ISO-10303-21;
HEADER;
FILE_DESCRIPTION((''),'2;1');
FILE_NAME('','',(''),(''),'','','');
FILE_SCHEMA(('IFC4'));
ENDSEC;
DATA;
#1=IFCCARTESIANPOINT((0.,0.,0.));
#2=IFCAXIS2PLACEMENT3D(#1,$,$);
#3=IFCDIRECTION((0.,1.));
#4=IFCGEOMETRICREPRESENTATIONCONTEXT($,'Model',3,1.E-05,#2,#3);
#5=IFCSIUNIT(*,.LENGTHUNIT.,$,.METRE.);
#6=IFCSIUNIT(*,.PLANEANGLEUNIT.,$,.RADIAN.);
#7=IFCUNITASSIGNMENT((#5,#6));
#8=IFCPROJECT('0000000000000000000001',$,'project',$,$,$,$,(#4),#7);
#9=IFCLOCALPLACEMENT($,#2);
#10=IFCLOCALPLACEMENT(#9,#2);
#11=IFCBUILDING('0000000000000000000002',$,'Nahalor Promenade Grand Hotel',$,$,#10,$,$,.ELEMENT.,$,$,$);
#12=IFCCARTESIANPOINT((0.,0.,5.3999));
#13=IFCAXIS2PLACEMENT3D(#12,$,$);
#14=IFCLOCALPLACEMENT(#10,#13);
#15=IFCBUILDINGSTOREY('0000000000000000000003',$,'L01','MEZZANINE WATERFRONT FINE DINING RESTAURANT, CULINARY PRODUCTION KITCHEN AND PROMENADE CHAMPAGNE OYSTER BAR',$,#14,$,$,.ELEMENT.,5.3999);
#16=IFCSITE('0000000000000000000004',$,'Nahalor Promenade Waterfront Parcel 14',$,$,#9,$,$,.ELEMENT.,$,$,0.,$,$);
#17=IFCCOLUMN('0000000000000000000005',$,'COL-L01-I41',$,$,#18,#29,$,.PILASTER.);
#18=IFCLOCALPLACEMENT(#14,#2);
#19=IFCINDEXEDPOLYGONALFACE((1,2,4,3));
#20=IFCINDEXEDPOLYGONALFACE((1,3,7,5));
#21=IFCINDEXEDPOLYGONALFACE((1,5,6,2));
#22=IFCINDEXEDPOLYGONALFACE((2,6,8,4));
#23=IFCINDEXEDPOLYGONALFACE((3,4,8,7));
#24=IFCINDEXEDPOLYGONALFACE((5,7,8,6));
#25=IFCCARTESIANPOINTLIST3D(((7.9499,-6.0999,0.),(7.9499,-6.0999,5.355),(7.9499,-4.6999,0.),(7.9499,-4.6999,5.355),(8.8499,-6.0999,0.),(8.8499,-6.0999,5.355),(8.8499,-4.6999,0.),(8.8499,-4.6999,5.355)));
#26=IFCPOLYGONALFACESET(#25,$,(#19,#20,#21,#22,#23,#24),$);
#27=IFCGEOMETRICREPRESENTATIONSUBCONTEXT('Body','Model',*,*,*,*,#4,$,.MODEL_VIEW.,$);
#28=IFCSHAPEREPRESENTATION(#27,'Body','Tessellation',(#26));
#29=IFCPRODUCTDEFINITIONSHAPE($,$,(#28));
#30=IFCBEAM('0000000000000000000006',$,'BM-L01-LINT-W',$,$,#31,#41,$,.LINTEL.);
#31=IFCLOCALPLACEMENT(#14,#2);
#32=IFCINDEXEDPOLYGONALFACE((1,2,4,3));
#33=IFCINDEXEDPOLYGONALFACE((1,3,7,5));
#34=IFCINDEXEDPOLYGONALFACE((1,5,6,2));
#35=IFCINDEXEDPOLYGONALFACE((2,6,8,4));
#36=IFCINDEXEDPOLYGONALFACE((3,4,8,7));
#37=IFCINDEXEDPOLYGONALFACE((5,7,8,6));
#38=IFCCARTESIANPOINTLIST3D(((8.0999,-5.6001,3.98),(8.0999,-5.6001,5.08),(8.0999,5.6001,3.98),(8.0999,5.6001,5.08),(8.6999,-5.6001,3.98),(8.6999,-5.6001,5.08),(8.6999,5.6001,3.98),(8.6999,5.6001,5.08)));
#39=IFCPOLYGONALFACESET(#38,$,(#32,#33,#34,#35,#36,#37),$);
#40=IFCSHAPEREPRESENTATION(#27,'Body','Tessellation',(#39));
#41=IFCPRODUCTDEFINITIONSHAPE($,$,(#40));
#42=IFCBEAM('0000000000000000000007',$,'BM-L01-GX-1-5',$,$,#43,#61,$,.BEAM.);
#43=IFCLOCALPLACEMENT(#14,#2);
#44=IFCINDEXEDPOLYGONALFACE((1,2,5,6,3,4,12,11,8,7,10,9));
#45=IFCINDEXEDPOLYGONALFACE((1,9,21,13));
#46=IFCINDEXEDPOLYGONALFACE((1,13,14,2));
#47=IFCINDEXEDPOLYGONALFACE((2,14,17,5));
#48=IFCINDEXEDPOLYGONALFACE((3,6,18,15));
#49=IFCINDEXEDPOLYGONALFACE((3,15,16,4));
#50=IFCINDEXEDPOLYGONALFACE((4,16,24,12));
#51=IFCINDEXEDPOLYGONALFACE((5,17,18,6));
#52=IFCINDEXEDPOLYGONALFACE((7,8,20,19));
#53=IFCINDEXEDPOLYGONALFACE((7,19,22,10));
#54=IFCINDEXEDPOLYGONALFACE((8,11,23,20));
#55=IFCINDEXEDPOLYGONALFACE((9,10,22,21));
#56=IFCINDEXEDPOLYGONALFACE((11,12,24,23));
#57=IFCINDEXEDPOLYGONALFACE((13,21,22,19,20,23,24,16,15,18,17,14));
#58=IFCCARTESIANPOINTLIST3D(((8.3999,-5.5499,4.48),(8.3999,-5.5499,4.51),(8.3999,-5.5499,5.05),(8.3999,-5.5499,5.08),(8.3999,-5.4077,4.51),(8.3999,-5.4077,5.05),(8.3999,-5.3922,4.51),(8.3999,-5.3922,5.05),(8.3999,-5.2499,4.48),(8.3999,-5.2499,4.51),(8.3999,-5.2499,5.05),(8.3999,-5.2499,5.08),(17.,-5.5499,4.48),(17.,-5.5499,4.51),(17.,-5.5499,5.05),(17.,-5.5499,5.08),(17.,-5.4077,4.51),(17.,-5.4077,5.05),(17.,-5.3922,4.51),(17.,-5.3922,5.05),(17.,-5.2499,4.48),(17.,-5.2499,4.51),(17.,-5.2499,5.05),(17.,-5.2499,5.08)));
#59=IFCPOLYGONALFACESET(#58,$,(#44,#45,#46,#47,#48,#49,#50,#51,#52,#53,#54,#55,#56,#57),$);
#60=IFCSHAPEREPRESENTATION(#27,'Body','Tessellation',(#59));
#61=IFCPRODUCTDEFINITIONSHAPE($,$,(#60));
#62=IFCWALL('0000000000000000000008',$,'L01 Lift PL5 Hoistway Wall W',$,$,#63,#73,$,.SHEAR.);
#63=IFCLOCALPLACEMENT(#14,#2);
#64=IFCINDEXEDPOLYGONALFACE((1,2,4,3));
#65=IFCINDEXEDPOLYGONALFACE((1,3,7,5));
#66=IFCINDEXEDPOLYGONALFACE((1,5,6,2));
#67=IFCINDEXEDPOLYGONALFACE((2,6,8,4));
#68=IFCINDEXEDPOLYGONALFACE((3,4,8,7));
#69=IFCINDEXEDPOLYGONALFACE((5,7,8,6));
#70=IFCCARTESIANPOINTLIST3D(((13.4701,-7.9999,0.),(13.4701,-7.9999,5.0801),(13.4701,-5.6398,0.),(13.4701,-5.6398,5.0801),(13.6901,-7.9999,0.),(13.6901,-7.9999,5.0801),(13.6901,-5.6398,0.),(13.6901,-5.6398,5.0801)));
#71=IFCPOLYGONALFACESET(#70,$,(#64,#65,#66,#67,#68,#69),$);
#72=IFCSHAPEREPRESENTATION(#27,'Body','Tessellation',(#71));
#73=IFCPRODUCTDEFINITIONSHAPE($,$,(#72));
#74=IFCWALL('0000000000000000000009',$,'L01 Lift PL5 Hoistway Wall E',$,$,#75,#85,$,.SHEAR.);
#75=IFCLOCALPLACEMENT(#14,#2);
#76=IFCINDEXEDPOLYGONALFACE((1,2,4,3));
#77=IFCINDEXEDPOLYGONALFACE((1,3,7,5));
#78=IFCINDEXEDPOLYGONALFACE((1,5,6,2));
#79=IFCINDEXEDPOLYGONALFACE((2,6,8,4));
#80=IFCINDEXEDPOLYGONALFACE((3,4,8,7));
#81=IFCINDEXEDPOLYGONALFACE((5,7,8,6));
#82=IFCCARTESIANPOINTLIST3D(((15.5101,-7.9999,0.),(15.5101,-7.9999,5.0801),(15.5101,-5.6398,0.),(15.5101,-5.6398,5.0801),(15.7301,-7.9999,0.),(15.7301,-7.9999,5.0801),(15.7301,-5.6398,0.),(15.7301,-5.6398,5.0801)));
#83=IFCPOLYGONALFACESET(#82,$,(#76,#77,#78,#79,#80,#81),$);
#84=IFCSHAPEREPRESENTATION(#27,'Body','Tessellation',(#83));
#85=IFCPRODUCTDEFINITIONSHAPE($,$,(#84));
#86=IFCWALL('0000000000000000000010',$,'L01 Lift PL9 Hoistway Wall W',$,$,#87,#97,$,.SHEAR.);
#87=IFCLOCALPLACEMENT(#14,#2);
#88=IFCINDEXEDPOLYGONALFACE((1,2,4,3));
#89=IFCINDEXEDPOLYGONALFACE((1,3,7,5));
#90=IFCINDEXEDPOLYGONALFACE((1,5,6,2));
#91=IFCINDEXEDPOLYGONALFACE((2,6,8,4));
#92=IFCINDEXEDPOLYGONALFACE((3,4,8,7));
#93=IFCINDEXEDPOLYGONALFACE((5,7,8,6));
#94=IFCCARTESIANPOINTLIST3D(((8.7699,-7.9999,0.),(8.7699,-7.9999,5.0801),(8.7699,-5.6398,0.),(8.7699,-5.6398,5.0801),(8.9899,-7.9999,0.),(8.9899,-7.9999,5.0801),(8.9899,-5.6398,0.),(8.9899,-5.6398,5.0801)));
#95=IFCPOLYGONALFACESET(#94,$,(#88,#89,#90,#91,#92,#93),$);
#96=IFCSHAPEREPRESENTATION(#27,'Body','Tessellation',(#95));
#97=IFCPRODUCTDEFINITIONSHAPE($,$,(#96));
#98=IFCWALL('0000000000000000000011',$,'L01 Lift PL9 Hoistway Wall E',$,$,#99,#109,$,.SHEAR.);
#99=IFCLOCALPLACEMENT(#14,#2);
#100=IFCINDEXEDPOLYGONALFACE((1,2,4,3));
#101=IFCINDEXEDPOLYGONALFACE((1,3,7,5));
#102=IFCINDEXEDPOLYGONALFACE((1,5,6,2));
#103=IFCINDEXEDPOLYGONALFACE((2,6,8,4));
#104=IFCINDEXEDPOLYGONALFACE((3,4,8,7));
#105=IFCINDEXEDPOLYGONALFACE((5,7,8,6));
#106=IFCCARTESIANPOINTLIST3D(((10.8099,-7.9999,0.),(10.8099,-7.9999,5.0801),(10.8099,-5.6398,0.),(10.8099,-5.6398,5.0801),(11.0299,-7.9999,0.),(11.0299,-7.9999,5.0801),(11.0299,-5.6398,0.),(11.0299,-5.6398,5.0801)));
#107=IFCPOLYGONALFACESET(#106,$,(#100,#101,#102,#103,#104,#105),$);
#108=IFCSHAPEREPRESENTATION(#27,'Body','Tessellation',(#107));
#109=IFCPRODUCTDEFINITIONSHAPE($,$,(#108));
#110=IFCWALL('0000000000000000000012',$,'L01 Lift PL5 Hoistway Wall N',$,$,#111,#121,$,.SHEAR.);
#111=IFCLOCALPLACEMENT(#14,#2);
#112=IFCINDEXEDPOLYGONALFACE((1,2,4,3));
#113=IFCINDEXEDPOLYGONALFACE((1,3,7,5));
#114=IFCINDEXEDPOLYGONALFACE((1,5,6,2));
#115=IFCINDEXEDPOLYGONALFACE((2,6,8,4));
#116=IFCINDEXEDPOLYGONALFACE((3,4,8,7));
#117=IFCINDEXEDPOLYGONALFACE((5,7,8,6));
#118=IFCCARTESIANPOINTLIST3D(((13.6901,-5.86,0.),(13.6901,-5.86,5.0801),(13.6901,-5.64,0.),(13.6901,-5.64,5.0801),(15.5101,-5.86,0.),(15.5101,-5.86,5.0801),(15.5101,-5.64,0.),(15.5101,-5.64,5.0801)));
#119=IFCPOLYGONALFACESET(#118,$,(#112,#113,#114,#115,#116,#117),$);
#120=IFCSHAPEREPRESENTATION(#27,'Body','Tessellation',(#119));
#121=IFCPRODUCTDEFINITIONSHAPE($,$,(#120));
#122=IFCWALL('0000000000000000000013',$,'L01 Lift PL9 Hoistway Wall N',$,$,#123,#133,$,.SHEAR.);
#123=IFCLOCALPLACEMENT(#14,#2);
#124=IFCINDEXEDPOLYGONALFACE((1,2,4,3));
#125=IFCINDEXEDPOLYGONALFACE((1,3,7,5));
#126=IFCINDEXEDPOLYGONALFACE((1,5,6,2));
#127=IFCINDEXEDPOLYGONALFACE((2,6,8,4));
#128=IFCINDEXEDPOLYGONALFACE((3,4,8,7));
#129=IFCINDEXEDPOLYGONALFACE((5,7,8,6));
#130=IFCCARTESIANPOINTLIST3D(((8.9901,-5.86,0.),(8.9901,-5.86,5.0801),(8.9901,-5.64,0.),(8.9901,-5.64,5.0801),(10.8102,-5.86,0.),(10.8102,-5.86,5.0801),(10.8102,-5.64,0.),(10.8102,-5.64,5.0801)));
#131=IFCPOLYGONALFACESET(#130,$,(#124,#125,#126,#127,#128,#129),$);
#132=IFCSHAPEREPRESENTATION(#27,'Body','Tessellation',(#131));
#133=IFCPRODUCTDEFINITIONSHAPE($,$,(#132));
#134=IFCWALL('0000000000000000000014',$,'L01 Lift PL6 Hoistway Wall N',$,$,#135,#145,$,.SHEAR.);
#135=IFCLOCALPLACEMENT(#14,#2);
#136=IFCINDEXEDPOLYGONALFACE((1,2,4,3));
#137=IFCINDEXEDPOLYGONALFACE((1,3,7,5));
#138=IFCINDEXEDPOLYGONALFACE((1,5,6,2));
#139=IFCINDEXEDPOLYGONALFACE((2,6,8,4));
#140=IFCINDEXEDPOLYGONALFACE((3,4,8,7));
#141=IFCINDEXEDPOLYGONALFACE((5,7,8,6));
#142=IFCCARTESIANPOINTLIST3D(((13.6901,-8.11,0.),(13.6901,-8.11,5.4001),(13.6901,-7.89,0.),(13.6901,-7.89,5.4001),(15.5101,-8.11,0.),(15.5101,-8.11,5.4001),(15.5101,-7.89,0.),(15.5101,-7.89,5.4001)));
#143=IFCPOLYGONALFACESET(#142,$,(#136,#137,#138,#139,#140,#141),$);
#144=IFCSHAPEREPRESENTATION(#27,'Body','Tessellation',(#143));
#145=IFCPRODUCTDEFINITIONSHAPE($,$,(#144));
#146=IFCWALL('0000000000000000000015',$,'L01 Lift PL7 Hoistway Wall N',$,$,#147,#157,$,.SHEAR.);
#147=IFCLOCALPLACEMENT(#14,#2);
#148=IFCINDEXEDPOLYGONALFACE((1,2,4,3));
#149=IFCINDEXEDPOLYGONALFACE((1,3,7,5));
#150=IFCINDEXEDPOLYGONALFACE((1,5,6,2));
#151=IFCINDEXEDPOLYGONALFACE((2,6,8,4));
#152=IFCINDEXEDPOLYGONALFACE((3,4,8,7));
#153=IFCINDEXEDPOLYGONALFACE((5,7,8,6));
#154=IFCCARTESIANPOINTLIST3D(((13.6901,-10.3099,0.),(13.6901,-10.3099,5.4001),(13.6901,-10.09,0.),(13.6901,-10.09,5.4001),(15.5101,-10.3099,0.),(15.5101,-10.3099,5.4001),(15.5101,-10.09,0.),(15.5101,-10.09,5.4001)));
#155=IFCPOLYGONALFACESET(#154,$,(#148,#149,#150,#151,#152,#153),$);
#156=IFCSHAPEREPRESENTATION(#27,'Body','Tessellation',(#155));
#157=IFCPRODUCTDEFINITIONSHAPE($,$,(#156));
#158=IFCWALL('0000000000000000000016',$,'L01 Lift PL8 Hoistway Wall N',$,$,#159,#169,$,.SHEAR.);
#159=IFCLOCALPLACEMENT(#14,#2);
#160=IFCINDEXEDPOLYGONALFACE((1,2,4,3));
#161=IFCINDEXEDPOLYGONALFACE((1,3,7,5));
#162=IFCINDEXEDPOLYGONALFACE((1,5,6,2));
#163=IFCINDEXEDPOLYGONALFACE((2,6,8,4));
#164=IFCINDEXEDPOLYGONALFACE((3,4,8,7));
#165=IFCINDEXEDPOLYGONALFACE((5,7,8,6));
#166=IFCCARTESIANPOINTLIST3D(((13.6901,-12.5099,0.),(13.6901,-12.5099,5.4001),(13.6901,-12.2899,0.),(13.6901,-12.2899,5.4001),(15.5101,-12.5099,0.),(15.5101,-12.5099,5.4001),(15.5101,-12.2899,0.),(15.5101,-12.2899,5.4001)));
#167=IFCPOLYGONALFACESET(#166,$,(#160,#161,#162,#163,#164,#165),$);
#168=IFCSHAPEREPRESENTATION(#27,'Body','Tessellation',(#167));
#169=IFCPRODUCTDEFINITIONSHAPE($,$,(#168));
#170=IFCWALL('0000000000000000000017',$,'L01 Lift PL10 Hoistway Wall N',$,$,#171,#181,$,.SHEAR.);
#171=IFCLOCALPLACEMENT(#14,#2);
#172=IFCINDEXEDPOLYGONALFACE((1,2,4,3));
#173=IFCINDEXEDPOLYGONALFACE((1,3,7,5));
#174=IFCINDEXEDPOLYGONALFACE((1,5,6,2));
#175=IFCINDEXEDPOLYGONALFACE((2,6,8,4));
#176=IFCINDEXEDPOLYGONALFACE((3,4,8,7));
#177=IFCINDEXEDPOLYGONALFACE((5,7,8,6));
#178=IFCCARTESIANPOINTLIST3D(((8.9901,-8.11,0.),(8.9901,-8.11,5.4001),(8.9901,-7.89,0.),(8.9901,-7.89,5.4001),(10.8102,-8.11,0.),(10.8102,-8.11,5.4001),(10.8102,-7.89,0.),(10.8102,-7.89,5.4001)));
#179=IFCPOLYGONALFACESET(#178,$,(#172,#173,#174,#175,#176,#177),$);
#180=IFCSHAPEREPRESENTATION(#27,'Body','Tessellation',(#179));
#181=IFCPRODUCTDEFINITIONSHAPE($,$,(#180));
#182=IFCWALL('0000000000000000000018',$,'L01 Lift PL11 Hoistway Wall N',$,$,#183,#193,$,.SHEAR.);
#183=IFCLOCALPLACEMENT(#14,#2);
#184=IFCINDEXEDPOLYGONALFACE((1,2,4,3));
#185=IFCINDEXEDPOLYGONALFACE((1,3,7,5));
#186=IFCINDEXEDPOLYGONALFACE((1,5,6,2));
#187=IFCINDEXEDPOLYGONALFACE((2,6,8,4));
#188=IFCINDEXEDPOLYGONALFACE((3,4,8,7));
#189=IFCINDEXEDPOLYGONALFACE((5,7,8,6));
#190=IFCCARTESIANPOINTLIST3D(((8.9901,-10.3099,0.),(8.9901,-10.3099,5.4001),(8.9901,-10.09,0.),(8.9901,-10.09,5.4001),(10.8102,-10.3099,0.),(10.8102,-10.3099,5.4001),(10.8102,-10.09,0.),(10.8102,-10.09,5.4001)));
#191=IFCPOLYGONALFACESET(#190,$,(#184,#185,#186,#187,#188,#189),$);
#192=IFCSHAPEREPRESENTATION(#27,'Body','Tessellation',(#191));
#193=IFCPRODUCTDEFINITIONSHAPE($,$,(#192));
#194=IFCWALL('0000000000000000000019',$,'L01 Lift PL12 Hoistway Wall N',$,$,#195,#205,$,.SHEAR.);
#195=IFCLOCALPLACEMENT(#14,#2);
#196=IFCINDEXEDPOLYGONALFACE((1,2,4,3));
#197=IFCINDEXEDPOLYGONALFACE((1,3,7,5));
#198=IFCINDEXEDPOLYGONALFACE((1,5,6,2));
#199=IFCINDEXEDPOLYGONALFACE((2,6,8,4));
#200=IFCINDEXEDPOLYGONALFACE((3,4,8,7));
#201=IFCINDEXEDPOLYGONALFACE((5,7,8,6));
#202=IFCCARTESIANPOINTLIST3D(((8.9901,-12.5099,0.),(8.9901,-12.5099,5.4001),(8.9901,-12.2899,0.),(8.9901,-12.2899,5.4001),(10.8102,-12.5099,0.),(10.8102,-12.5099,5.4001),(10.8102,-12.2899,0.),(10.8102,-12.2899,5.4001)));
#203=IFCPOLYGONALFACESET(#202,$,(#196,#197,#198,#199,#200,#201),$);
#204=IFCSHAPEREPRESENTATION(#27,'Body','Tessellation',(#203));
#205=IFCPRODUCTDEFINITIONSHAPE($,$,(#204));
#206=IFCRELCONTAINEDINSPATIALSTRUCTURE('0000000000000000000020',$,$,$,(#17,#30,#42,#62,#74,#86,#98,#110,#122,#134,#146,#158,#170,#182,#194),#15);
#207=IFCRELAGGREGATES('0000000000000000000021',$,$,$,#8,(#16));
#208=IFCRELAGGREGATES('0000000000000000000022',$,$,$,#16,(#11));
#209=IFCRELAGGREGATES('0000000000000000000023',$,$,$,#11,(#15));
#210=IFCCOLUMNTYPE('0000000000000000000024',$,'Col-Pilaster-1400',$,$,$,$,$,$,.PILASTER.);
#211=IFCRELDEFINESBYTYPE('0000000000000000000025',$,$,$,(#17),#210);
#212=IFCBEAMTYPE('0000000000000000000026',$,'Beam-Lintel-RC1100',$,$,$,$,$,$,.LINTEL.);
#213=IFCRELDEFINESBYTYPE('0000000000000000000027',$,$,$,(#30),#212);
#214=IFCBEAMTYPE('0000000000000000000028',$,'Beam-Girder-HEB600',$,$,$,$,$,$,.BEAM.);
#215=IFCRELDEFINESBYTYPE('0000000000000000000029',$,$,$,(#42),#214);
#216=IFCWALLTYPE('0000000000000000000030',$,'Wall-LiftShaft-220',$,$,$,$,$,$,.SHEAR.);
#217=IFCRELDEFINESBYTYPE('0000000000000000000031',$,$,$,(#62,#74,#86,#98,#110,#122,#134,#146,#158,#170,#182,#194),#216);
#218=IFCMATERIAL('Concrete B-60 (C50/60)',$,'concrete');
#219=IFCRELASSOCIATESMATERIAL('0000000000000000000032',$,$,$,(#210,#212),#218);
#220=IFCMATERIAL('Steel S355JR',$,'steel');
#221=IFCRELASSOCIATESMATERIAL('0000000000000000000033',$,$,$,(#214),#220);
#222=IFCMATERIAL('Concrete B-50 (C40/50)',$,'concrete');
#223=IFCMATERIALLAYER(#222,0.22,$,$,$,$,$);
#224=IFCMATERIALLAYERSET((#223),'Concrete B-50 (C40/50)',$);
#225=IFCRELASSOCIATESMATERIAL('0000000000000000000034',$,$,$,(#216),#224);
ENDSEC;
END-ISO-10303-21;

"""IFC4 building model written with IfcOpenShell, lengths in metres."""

from ifc_helpers import new_model, si_unit, direction, frame, frame_2d, origin, origin_2d, place, context, subcontext, project, spatial, rectangle, i_section, extrude, source, transform, mapped, material, layer, layer_set, material_profile, profile_set, type_object, element, save


model = new_model("IFC4")

# Units and contexts
model_context = context("Model", 3, precision=1e-05, world=origin(), true_north=direction((0.0, 1.0)))
body_context = subcontext(model_context, "Body", "Model", "MODEL_VIEW")
ifc_project = project(units=[si_unit("LENGTHUNIT", "METRE"), si_unit("PLANEANGLEUNIT", "RADIAN")], contexts=[model_context])

# Site, building, storey
site_placement = place(None, origin())
site = spatial("IfcSite", under=ifc_project, at=site_placement, Name="Nahalor Promenade Waterfront Parcel 14", CompositionType="ELEMENT", RefElevation=0.0)
building_placement = place(site_placement, origin())
building = spatial("IfcBuilding", under=site, at=building_placement, Name="Nahalor Promenade Grand Hotel", CompositionType="ELEMENT")
storey_placement = place(building_placement, frame((0.0, 0.0, 5.3999)))
storey = spatial("IfcBuildingStorey", under=building, at=storey_placement, Name="L01", Description="MEZZANINE WATERFRONT FINE DINING RESTAURANT, CULINARY PRODUCTION KITCHEN AND PROMENADE CHAMPAGNE OYSTER BAR", CompositionType="ELEMENT", Elevation=5.3999)

# Column
ifc_material_1 = material(Name="Concrete B-60 (C50/60)", Category="concrete")
ifc_material_profile_1 = material_profile(ifc_material_1, rectangle(XDim=0.9, YDim=1.4, at=origin_2d()), Name="RC 900x1400")
ifc_profile_set_1 = profile_set([ifc_material_profile_1], Name="Concrete B-60 (C50/60)")
column_type = type_object("IfcColumnType", Name="Col-Pilaster-1400", PredefinedType="PILASTER", material=ifc_profile_set_1)
shared_shape_1 = source(origin(), body_context, "Body", "SweptSolid", [
    extrude(rectangle(XDim=0.9, YDim=1.4, at=origin_2d()), origin(), (0.0, 0.0, 1.0), 5.355),
])
column_placement = place(storey_placement, frame((8.3999, -5.3999, 0.0), z_axis=(0.0, 0.0, 1.0), x_axis=(1.0, 0.0, 0.0)))
element("IfcColumn", 1, at=column_placement, inside=storey, type_object=column_type, Name="COL-L01-I41", PredefinedType="PILASTER", context=body_context, shape_type="MappedRepresentation", body=[
    mapped(shared_shape_1, transform((0.0, 0.0, 0.0), scale=1.0)),
])

# Beams
ifc_material_profile_2 = material_profile(ifc_material_1, rectangle(XDim=0.6, YDim=1.1, at=origin_2d()), Name="RC 600x1100")
ifc_profile_set_2 = profile_set([ifc_material_profile_2], Name="Concrete B-60 (C50/60)")
beam_type_1 = type_object("IfcBeamType", Name="Beam-Lintel-RC1100", PredefinedType="LINTEL", material=ifc_profile_set_2)
shared_shape_2 = source(origin(), body_context, "Body", "SweptSolid", [
    extrude(rectangle(XDim=0.6, YDim=1.1, at=origin_2d()), origin(), (0.0, 0.0, 1.0), 11.2002),
])
beam_1_placement = place(storey_placement, frame((8.3999, -5.6001, 4.53), z_axis=(0.0, 1.0, 0.0), x_axis=(-1.0, 0.0, 0.0)))
element("IfcBeam", 2, at=beam_1_placement, inside=storey, type_object=beam_type_1, Name="BM-L01-LINT-W", PredefinedType="LINTEL", context=body_context, shape_type="MappedRepresentation", body=[
    mapped(shared_shape_2, transform((0.0, 0.0, 0.0), scale=1.0)),
])
ifc_material_2 = material(Name="Steel S355JR", Category="steel")
ifc_material_profile_3 = material_profile(ifc_material_2, i_section(OverallWidth=0.3, OverallDepth=0.6, WebThickness=0.0155, FlangeThickness=0.03, at=origin_2d()), Name="HEB 600")
ifc_profile_set_3 = profile_set([ifc_material_profile_3], Name="Steel S355JR")
beam_type_2 = type_object("IfcBeamType", Name="Beam-Girder-HEB600", PredefinedType="BEAM", material=ifc_profile_set_3)
shared_shape_3 = source(origin(), body_context, "Body", "SweptSolid", [
    extrude(i_section(OverallWidth=0.3, OverallDepth=0.6, WebThickness=0.0155, FlangeThickness=0.03, at=origin_2d()), origin(), (0.0, 0.0, 1.0), 8.6001),
])
beam_2_placement = place(storey_placement, frame((8.3999, -5.3999, 4.78), z_axis=(1.0, 0.0, 0.0), x_axis=(0.0, 1.0, 0.0)))
element("IfcBeam", 3, at=beam_2_placement, inside=storey, type_object=beam_type_2, Name="BM-L01-GX-1-5", PredefinedType="BEAM", context=body_context, shape_type="MappedRepresentation", body=[
    mapped(shared_shape_3, transform((0.0, 0.0, 0.0), scale=1.0)),
])

# Walls
ifc_material_3 = material(Name="Concrete B-50 (C40/50)", Category="concrete")
ifc_layer_1 = layer(ifc_material_3, 0.22)
ifc_layer_set_1 = layer_set([ifc_layer_1], Name="Concrete B-50 (C40/50)")
wall_type_1 = type_object("IfcWallType", Name="Wall-LiftShaft-220", PredefinedType="SHEAR", material=ifc_layer_set_1)
shared_shape_4 = source(origin(), body_context, "Body", "SweptSolid", [
    extrude(rectangle(XDim=2.3601, YDim=0.22, at=frame_2d((1.1802, 0.0))), origin(), (0.0, 0.0, 1.0), 5.0801),
])
for number, where, z_axis, x_axis, name in (
    (4, (13.5801, -8.0, 0.0), (0.0, 0.0, 1.0), (0.0, 1.0, 0.0), "L01 Lift PL5 Hoistway Wall W"),
    (5, (15.6201, -8.0, 0.0), (0.0, 0.0, 1.0), (0.0, 1.0, 0.0), "L01 Lift PL5 Hoistway Wall E"),
    (6, (8.8799, -8.0, 0.0), (0.0, 0.0, 1.0), (0.0, 1.0, 0.0), "L01 Lift PL9 Hoistway Wall W"),
    (7, (10.9199, -8.0, 0.0), (0.0, 0.0, 1.0), (0.0, 1.0, 0.0), "L01 Lift PL9 Hoistway Wall E"),
):
    element("IfcWall", number, at=place(storey_placement, frame(where, z_axis=z_axis, x_axis=x_axis)), inside=storey, type_object=wall_type_1, Name=name, PredefinedType="SHEAR", context=body_context, shape_type="MappedRepresentation", body=[
        mapped(shared_shape_4, transform((0.0, 0.0, 0.0), scale=1.0)),
    ])
shared_shape_5 = source(origin(), body_context, "Body", "SweptSolid", [
    extrude(rectangle(XDim=1.8201, YDim=0.22, at=frame_2d((0.9102, 0.0))), origin(), (0.0, 0.0, 1.0), 5.0801),
])
for number, where, z_axis, x_axis, name in (
    (8, (13.6899, -5.75, 0.0), (0.0, 0.0, 1.0), (1.0, 0.0, 0.0), "L01 Lift PL5 Hoistway Wall N"),
    (9, (8.99, -5.75, 0.0), (0.0, 0.0, 1.0), (1.0, 0.0, 0.0), "L01 Lift PL9 Hoistway Wall N"),
):
    element("IfcWall", number, at=place(storey_placement, frame(where, z_axis=z_axis, x_axis=x_axis)), inside=storey, type_object=wall_type_1, Name=name, PredefinedType="SHEAR", context=body_context, shape_type="MappedRepresentation", body=[
        mapped(shared_shape_5, transform((0.0, 0.0, 0.0), scale=1.0)),
    ])
shared_shape_6 = source(origin(), body_context, "Body", "SweptSolid", [
    extrude(rectangle(XDim=1.8201, YDim=0.22, at=frame_2d((0.9102, 0.0))), origin(), (0.0, 0.0, 1.0), 5.4001),
])
for number, where, z_axis, x_axis, name in (
    (10, (13.6899, -8.0, 0.0), (0.0, 0.0, 1.0), (1.0, 0.0, 0.0), "L01 Lift PL6 Hoistway Wall N"),
    (11, (13.6899, -10.2, 0.0), (0.0, 0.0, 1.0), (1.0, 0.0, 0.0), "L01 Lift PL7 Hoistway Wall N"),
    (12, (13.6899, -12.3999, 0.0), (0.0, 0.0, 1.0), (1.0, 0.0, 0.0), "L01 Lift PL8 Hoistway Wall N"),
    (13, (8.99, -8.0, 0.0), (0.0, 0.0, 1.0), (1.0, 0.0, 0.0), "L01 Lift PL10 Hoistway Wall N"),
    (14, (8.99, -10.2, 0.0), (0.0, 0.0, 1.0), (1.0, 0.0, 0.0), "L01 Lift PL11 Hoistway Wall N"),
    (15, (8.99, -12.3999, 0.0), (0.0, 0.0, 1.0), (1.0, 0.0, 0.0), "L01 Lift PL12 Hoistway Wall N"),
):
    element("IfcWall", number, at=place(storey_placement, frame(where, z_axis=z_axis, x_axis=x_axis)), inside=storey, type_object=wall_type_1, Name=name, PredefinedType="SHEAR", context=body_context, shape_type="MappedRepresentation", body=[
        mapped(shared_shape_6, transform((0.0, 0.0, 0.0), scale=1.0)),
    ])

save(model, "model.ifc")
